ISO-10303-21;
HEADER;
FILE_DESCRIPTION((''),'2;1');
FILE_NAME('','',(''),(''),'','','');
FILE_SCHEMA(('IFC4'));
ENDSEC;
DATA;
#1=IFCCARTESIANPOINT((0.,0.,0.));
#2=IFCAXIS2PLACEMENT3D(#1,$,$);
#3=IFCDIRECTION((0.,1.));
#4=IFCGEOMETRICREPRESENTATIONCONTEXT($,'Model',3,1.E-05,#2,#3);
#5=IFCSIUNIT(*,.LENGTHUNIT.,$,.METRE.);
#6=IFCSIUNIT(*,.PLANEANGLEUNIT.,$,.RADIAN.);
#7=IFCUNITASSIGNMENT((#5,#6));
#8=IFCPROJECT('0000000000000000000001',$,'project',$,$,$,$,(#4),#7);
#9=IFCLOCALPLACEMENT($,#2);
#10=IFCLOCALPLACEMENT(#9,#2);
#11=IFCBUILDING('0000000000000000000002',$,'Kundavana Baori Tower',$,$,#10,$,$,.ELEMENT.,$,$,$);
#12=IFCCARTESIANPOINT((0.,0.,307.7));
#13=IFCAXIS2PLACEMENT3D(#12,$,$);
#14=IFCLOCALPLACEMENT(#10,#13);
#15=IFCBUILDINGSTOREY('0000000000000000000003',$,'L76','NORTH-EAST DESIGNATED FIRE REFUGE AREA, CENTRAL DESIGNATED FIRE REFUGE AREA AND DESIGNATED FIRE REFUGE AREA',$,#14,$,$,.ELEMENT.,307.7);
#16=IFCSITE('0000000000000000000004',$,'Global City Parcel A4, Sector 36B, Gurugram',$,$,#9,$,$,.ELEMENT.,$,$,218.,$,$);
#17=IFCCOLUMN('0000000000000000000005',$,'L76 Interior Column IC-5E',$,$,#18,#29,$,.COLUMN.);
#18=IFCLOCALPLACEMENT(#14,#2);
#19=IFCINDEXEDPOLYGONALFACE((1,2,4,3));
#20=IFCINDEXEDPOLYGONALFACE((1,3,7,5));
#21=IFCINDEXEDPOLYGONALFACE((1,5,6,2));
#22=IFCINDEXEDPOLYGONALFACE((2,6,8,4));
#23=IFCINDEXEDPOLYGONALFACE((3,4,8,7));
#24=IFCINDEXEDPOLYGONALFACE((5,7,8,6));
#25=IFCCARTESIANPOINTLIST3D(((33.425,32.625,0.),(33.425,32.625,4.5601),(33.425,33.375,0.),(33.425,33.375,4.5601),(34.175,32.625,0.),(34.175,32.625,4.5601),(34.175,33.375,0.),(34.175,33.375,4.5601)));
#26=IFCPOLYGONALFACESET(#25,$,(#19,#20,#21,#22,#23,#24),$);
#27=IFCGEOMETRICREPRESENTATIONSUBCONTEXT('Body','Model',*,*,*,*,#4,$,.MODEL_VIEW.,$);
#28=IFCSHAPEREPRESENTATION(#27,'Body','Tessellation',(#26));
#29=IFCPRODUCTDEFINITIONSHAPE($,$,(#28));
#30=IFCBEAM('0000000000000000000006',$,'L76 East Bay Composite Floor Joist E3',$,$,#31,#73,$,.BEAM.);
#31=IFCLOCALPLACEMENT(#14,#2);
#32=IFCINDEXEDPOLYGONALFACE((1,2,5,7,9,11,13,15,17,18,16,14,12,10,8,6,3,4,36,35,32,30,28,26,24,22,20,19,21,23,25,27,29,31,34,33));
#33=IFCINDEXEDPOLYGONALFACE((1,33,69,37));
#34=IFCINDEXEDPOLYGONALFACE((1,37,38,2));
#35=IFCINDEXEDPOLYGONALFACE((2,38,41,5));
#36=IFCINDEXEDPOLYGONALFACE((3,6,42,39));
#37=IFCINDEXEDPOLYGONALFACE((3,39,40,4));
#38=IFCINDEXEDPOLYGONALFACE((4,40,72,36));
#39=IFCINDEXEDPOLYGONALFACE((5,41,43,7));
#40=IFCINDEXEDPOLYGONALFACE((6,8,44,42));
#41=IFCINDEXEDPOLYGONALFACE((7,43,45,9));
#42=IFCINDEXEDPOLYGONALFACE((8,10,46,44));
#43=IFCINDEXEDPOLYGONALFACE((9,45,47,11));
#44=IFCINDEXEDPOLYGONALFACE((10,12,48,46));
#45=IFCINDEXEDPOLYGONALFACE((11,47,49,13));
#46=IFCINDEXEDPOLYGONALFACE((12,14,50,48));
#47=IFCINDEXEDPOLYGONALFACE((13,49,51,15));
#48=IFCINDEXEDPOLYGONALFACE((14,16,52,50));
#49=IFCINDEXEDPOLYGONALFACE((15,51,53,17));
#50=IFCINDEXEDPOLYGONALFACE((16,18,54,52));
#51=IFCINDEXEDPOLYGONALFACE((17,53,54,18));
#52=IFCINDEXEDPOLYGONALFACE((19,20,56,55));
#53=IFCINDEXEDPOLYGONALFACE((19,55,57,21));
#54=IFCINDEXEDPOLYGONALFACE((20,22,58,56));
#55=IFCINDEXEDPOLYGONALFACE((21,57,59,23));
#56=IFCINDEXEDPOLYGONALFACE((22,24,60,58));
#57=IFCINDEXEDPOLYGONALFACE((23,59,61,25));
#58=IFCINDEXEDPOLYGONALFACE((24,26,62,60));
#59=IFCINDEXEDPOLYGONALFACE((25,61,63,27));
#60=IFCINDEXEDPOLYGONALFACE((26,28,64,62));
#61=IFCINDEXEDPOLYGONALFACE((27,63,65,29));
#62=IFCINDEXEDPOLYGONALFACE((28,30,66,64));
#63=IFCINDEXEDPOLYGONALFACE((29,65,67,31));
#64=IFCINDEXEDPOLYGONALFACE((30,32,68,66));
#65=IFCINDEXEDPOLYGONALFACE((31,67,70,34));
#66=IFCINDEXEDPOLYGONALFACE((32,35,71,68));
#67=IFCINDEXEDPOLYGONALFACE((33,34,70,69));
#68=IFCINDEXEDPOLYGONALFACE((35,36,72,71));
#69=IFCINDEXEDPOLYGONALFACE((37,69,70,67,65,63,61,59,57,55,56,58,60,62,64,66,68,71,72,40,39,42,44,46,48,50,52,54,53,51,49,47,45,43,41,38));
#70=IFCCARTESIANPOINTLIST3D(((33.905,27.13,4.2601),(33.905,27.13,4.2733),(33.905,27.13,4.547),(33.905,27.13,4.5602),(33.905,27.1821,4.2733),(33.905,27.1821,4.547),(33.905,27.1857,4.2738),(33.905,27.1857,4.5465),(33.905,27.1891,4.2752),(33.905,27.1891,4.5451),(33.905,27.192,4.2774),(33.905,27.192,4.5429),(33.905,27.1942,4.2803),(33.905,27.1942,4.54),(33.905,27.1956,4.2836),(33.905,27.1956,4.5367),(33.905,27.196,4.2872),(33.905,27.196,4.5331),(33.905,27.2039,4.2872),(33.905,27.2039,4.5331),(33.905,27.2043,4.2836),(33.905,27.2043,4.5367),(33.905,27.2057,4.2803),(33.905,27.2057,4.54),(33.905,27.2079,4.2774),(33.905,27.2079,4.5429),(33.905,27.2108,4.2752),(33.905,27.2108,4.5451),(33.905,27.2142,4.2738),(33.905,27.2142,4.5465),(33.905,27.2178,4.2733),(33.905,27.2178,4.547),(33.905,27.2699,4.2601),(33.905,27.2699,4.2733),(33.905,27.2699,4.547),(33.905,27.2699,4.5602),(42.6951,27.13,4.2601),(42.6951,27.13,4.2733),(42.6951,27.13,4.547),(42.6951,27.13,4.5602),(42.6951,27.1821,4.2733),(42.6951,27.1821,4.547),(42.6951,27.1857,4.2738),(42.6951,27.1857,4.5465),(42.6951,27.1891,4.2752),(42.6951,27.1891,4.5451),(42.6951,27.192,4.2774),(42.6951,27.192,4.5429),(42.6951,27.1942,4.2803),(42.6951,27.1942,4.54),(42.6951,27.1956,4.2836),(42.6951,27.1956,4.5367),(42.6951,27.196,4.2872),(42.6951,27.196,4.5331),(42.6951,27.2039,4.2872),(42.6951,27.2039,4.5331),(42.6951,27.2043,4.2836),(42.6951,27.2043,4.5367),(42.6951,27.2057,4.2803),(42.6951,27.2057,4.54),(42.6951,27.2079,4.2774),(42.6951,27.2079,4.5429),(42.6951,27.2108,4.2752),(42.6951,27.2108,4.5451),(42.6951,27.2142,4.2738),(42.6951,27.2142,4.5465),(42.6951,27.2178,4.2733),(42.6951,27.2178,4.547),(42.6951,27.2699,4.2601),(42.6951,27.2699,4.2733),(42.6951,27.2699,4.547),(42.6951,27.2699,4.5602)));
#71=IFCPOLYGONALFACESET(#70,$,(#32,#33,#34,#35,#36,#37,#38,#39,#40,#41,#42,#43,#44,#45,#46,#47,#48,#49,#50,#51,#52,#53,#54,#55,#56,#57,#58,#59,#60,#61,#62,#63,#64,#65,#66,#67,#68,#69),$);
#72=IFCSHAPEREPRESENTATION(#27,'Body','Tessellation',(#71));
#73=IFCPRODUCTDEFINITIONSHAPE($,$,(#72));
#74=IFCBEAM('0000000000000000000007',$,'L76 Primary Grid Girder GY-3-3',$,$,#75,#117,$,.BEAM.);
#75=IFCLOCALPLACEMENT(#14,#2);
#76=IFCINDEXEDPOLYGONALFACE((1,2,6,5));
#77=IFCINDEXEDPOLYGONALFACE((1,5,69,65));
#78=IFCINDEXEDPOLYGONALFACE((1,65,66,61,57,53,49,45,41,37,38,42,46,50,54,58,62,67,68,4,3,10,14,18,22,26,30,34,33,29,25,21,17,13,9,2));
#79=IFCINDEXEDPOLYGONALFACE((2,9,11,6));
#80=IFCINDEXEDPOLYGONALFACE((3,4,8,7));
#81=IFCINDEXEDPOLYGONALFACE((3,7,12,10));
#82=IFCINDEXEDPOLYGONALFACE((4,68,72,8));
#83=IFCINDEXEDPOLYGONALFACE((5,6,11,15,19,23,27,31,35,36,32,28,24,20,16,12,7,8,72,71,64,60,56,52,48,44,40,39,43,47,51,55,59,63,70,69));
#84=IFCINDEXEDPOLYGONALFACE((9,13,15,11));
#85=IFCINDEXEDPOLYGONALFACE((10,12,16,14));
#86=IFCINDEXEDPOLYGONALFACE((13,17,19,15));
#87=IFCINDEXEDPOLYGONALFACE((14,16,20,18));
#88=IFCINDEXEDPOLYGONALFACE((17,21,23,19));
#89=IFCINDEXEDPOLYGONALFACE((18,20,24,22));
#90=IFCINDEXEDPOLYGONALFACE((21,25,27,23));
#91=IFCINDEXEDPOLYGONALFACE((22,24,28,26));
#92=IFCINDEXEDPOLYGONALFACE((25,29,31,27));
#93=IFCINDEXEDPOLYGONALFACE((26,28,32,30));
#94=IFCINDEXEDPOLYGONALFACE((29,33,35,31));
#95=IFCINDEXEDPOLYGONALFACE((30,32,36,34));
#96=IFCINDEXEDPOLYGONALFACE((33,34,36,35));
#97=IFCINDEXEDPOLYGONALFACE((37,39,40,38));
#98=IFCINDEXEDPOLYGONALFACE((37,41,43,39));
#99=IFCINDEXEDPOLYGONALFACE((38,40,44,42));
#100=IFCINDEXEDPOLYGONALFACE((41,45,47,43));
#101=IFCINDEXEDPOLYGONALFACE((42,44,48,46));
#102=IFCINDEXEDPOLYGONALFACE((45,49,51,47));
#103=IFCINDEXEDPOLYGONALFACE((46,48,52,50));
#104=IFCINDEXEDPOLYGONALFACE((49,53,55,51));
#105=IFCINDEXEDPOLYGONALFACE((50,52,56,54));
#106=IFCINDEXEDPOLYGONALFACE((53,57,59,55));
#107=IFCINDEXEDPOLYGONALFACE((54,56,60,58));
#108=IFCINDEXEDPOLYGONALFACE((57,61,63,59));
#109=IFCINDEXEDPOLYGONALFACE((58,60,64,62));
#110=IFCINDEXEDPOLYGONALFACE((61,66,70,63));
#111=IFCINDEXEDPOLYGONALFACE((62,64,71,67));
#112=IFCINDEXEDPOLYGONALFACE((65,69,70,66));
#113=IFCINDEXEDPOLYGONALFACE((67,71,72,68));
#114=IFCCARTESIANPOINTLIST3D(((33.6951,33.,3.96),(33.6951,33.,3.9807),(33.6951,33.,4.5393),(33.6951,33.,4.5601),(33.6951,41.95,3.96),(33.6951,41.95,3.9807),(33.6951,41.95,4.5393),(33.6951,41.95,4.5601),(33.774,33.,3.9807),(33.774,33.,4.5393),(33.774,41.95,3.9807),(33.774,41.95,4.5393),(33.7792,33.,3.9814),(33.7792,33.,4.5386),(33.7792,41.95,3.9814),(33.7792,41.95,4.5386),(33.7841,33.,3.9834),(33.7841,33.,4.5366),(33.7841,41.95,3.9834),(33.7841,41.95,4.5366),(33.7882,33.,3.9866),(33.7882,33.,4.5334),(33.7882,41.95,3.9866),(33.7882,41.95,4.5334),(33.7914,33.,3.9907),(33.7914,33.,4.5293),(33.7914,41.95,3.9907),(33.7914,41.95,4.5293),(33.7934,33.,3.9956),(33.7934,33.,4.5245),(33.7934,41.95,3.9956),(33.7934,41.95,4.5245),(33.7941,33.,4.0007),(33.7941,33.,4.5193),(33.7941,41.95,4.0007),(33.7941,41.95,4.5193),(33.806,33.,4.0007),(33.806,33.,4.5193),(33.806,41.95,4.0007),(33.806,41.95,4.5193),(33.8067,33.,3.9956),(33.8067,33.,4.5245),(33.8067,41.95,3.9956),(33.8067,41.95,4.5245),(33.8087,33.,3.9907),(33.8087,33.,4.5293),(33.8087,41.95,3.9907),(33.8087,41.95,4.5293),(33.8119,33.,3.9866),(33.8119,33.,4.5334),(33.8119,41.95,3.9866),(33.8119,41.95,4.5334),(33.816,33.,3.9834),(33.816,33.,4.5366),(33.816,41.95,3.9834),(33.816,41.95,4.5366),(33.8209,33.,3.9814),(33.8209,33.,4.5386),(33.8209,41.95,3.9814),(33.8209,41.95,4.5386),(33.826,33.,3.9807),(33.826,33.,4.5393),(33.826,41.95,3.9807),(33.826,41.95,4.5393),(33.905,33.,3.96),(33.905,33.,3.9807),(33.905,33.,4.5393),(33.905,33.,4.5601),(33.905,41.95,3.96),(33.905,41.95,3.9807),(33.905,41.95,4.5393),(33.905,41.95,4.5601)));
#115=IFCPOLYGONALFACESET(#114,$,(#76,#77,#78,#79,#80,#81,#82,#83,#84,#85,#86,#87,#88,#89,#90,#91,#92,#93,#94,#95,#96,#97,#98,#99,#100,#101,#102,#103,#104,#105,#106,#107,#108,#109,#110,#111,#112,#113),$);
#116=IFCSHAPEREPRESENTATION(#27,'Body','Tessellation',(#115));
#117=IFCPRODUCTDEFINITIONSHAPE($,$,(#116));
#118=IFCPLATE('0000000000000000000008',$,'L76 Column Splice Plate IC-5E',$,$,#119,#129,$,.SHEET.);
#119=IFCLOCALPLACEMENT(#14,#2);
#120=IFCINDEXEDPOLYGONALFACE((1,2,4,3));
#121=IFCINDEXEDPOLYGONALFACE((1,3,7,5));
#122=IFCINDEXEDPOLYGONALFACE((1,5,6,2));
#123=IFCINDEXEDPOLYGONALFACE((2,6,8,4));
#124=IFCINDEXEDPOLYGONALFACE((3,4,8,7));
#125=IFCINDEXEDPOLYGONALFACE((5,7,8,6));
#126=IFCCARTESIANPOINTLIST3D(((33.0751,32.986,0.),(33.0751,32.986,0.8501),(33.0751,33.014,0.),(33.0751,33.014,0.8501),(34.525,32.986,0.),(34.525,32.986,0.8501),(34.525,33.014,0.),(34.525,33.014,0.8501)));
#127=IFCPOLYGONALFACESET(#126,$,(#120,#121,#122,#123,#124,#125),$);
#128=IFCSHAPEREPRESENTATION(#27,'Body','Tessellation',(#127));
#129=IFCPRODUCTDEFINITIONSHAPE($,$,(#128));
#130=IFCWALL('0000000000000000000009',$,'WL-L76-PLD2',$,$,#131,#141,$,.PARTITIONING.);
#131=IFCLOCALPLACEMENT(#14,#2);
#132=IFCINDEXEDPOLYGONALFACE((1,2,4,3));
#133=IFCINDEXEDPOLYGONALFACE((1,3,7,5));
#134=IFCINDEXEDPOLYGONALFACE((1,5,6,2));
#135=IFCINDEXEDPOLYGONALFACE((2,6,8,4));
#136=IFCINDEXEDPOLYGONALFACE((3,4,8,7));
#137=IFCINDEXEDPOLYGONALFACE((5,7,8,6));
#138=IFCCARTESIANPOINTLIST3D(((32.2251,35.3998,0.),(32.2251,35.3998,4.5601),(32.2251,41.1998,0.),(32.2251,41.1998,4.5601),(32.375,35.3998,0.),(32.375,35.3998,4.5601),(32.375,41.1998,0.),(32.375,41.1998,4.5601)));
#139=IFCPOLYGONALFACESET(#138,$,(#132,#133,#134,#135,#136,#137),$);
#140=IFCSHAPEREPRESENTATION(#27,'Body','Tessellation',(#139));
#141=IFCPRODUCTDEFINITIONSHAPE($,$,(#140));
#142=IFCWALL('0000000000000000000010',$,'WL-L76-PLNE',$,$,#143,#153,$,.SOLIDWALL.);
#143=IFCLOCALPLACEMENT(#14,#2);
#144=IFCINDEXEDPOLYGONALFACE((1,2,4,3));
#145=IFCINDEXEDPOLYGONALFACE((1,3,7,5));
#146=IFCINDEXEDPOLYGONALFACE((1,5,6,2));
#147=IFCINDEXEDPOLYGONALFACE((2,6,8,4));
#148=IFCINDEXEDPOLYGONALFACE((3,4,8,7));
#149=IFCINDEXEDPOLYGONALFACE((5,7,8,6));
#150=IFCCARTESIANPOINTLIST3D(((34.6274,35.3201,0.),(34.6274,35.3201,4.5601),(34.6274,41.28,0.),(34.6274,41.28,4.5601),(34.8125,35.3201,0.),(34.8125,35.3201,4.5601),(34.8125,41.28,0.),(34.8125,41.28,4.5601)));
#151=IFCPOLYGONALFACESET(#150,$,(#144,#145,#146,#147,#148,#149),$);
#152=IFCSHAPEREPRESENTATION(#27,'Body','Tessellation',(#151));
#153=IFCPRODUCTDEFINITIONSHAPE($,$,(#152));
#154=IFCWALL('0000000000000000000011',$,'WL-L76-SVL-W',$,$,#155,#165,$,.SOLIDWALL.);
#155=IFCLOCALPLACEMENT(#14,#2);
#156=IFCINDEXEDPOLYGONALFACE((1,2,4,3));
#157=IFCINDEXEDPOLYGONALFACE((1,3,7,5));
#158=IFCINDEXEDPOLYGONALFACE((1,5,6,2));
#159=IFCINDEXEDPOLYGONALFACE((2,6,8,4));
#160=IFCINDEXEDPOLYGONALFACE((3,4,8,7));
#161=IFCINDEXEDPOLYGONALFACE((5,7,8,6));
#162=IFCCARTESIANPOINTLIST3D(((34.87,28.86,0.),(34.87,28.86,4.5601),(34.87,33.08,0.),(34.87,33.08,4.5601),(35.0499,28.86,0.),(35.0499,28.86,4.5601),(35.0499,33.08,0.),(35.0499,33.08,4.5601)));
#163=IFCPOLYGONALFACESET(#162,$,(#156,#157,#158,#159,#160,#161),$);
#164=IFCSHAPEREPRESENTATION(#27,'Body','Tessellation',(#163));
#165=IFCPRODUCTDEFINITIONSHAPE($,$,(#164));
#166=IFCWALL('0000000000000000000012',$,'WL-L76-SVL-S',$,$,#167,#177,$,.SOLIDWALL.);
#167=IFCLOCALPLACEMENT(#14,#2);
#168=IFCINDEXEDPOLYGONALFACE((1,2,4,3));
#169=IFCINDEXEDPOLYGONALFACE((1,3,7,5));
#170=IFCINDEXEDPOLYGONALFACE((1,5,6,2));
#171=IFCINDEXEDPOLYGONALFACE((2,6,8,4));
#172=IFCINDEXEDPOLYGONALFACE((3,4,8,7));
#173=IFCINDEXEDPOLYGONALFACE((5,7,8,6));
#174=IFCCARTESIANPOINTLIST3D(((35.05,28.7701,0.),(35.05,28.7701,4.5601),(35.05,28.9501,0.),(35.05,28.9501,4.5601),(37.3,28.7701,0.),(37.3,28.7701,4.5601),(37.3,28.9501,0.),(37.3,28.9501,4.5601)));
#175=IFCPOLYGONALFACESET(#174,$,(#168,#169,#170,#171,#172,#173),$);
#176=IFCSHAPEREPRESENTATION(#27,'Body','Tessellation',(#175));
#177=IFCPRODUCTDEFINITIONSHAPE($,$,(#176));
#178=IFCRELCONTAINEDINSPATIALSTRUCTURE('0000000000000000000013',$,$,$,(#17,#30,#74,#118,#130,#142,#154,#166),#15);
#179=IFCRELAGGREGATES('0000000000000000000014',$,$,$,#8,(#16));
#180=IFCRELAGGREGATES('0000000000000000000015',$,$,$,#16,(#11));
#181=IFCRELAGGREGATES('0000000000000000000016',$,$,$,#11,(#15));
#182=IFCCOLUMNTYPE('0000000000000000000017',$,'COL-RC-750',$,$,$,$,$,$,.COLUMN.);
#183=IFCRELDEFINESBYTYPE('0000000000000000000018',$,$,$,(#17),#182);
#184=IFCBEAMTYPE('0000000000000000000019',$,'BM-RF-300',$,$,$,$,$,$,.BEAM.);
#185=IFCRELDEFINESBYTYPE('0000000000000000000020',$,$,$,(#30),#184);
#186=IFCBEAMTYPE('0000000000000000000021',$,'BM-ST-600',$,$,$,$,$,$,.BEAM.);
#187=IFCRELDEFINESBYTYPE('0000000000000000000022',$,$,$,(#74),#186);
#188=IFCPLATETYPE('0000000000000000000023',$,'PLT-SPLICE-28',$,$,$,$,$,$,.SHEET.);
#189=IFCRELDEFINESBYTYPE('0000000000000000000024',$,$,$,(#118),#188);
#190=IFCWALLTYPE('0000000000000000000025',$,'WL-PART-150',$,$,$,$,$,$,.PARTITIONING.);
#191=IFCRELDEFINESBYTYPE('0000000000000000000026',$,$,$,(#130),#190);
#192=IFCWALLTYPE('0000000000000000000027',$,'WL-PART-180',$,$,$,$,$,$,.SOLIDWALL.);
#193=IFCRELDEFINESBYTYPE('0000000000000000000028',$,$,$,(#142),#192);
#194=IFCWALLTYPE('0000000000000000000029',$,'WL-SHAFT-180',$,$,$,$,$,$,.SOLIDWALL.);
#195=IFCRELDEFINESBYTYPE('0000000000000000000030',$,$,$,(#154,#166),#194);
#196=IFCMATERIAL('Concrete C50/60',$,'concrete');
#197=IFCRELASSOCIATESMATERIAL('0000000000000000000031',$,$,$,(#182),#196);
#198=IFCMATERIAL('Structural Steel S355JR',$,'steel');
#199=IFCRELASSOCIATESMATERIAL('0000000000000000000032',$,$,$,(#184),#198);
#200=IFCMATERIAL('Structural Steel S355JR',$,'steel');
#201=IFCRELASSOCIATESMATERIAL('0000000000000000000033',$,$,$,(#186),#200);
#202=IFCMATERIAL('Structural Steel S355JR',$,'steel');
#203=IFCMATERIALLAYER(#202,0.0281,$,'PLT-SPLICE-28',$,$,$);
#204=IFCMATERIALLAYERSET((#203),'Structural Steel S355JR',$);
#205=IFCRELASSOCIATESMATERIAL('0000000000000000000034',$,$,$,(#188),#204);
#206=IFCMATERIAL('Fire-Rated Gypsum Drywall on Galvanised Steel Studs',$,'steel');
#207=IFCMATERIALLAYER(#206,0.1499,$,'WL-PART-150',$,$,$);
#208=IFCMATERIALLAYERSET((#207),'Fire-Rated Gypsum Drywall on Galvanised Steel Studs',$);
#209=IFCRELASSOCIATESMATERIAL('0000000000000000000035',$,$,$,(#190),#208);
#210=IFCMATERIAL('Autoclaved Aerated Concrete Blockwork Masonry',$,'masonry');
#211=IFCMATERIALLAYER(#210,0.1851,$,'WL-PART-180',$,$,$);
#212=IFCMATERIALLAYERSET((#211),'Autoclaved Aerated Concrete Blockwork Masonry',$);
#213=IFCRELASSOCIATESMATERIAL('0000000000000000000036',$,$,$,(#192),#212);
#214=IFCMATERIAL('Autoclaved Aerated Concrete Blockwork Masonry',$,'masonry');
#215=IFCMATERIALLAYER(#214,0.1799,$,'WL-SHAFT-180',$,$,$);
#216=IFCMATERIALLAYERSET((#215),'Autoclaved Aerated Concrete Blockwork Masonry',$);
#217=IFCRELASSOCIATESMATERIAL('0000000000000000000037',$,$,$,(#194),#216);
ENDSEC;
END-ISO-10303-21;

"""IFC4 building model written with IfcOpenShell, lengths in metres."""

from ifc_helpers import new_model, si_unit, direction, frame, frame_2d, origin, origin_2d, place, context, subcontext, project, spatial, rectangle, i_section, extrude, material, layer, layer_set, material_profile, profile_set, type_object, element, save


model = new_model("IFC4")

# Units and contexts
model_context = context("Model", 3, precision=1e-05, world=origin(), true_north=direction((0.0, 1.0)))
body_context = subcontext(model_context, "Body", "Model", "MODEL_VIEW")
ifc_project = project(units=[si_unit("LENGTHUNIT", "METRE"), si_unit("PLANEANGLEUNIT", "RADIAN")], contexts=[model_context])

# Site, building, storey
site_placement = place(None, origin())
site = spatial("IfcSite", under=ifc_project, at=site_placement, Name="Global City Parcel A4, Sector 36B, Gurugram", CompositionType="ELEMENT", RefElevation=218.0)
building_placement = place(site_placement, origin())
building = spatial("IfcBuilding", under=site, at=building_placement, Name="Kundavana Baori Tower", CompositionType="ELEMENT")
storey_placement = place(building_placement, frame((0.0, 0.0, 307.7)))
storey = spatial("IfcBuildingStorey", under=building, at=storey_placement, Name="L76", Description="NORTH-EAST DESIGNATED FIRE REFUGE AREA, CENTRAL DESIGNATED FIRE REFUGE AREA AND DESIGNATED FIRE REFUGE AREA", CompositionType="ELEMENT", Elevation=307.7)

# Column
ifc_material_1 = material(Name="Concrete C50/60", Category="concrete")
ifc_material_profile_1 = material_profile(ifc_material_1, rectangle(XDim=0.75, YDim=0.75, at=origin_2d()), Name="RC 750x750")
ifc_profile_set_1 = profile_set([ifc_material_profile_1], Name="Concrete C50/60")
column_type = type_object("IfcColumnType", Name="COL-RC-750", PredefinedType="COLUMN", material=ifc_profile_set_1)
column_placement = place(storey_placement, frame((33.8, 33.0, 0.0), z_axis=(0.0, 0.0, 1.0), x_axis=(1.0, 0.0, 0.0)))
element("IfcColumn", 1, at=column_placement, inside=storey, type_object=column_type, Name="L76 Interior Column IC-5E", PredefinedType="COLUMN", context=body_context, shape_type="SweptSolid", body=[
    extrude(rectangle(XDim=0.75, YDim=0.75, at=origin_2d()), origin(), (0.0, 0.0, 1.0), 4.5601),
])

# Beams
ifc_material_2 = material(Name="Structural Steel S355JR", Category="steel")
ifc_material_profile_2 = material_profile(ifc_material_2, i_section(OverallWidth=0.1399, OverallDepth=0.3, WebThickness=0.0078, FlangeThickness=0.0132, FilletRadius=0.0139, at=origin_2d()), Name="ISMB 300")
ifc_profile_set_2 = profile_set([ifc_material_profile_2], Name="Structural Steel S355JR")
beam_type_1 = type_object("IfcBeamType", Name="BM-RF-300", PredefinedType="BEAM", material=ifc_profile_set_2)
beam_1_placement = place(storey_placement, frame((33.905, 27.2, 4.4102), z_axis=(1.0, 0.0, 0.0), x_axis=(0.0, 1.0, 0.0)))
element("IfcBeam", 2, at=beam_1_placement, inside=storey, type_object=beam_type_1, Name="L76 East Bay Composite Floor Joist E3", PredefinedType="BEAM", context=body_context, shape_type="SweptSolid", body=[
    extrude(i_section(OverallWidth=0.1399, OverallDepth=0.3, WebThickness=0.0078, FlangeThickness=0.0132, FilletRadius=0.0139, at=origin_2d()), origin(), (0.0, 0.0, 1.0), 8.79),
])
ifc_material_3 = material(Name="Structural Steel S355JR", Category="steel")
ifc_material_profile_3 = material_profile(ifc_material_3, i_section(OverallWidth=0.21, OverallDepth=0.6001, WebThickness=0.012, FlangeThickness=0.0208, FilletRadius=0.02, at=origin_2d()), Name="ISMB 600")
ifc_profile_set_3 = profile_set([ifc_material_profile_3], Name="Structural Steel S355JR")
beam_type_2 = type_object("IfcBeamType", Name="BM-ST-600", PredefinedType="BEAM", material=ifc_profile_set_3)
beam_2_placement = place(storey_placement, frame((33.8, 33.0, 4.26), z_axis=(0.0, 1.0, 0.0), x_axis=(-1.0, 0.0, 0.0)))
element("IfcBeam", 3, at=beam_2_placement, inside=storey, type_object=beam_type_2, Name="L76 Primary Grid Girder GY-3-3", PredefinedType="BEAM", context=body_context, shape_type="SweptSolid", body=[
    extrude(i_section(OverallWidth=0.21, OverallDepth=0.6001, WebThickness=0.012, FlangeThickness=0.0208, FilletRadius=0.02, at=origin_2d()), origin(), (0.0, 0.0, 1.0), 8.95),
])

# Plate
ifc_material_4 = material(Name="Structural Steel S355JR", Category="steel")
ifc_layer_1 = layer(ifc_material_4, 0.0281, Name="PLT-SPLICE-28")
ifc_layer_set_1 = layer_set([ifc_layer_1], Name="Structural Steel S355JR")
plate_type = type_object("IfcPlateType", Name="PLT-SPLICE-28", PredefinedType="SHEET", material=ifc_layer_set_1)
plate_placement = place(storey_placement, frame((33.8, 33.0, 0.0), z_axis=(0.0, 0.0, 1.0), x_axis=(1.0, 0.0, 0.0)))
element("IfcPlate", 4, at=plate_placement, inside=storey, type_object=plate_type, Name="L76 Column Splice Plate IC-5E", PredefinedType="SHEET", context=body_context, shape_type="SweptSolid", body=[
    extrude(rectangle(XDim=1.45, YDim=0.0281, at=origin_2d()), origin(), (0.0, 0.0, 1.0), 0.8501),
])

# Walls
ifc_material_5 = material(Name="Fire-Rated Gypsum Drywall on Galvanised Steel Studs", Category="steel")
ifc_layer_2 = layer(ifc_material_5, 0.1499, Name="WL-PART-150")
ifc_layer_set_2 = layer_set([ifc_layer_2], Name="Fire-Rated Gypsum Drywall on Galvanised Steel Studs")
wall_type_1 = type_object("IfcWallType", Name="WL-PART-150", PredefinedType="PARTITIONING", material=ifc_layer_set_2)
wall_1_placement = place(storey_placement, frame((32.3, 35.3999, 0.0), z_axis=(0.0, 0.0, 1.0), x_axis=(0.0, 1.0, 0.0)))
element("IfcWall", 5, at=wall_1_placement, inside=storey, type_object=wall_type_1, Name="WL-L76-PLD2", PredefinedType="PARTITIONING", context=body_context, shape_type="SweptSolid", body=[
    extrude(rectangle(XDim=5.8, YDim=0.1499, at=frame_2d((2.8999, 0.0))), origin(), (0.0, 0.0, 1.0), 4.5601),
])
ifc_material_6 = material(Name="Autoclaved Aerated Concrete Blockwork Masonry", Category="masonry")
ifc_layer_3 = layer(ifc_material_6, 0.1851, Name="WL-PART-180")
ifc_layer_set_3 = layer_set([ifc_layer_3], Name="Autoclaved Aerated Concrete Blockwork Masonry")
wall_type_2 = type_object("IfcWallType", Name="WL-PART-180", PredefinedType="SOLIDWALL", material=ifc_layer_set_3)
wall_2_placement = place(storey_placement, frame((34.72, 35.3201, 0.0), z_axis=(0.0, 0.0, 1.0), x_axis=(0.0, 1.0, 0.0)))
element("IfcWall", 6, at=wall_2_placement, inside=storey, type_object=wall_type_2, Name="WL-L76-PLNE", PredefinedType="SOLIDWALL", context=body_context, shape_type="SweptSolid", body=[
    extrude(rectangle(XDim=5.96, YDim=0.1851, at=frame_2d((2.98, 0.0))), origin(), (0.0, 0.0, 1.0), 4.5601),
])
ifc_material_7 = material(Name="Autoclaved Aerated Concrete Blockwork Masonry", Category="masonry")
ifc_layer_4 = layer(ifc_material_7, 0.1799, Name="WL-SHAFT-180")
ifc_layer_set_4 = layer_set([ifc_layer_4], Name="Autoclaved Aerated Concrete Blockwork Masonry")
wall_type_3 = type_object("IfcWallType", Name="WL-SHAFT-180", PredefinedType="SOLIDWALL", material=ifc_layer_set_4)
wall_3_placement = place(storey_placement, frame((34.96, 28.8601, 0.0), z_axis=(0.0, 0.0, 1.0), x_axis=(0.0, 1.0, 0.0)))
element("IfcWall", 7, at=wall_3_placement, inside=storey, type_object=wall_type_3, Name="WL-L76-SVL-W", PredefinedType="SOLIDWALL", context=body_context, shape_type="SweptSolid", body=[
    extrude(rectangle(XDim=4.22, YDim=0.1799, at=frame_2d((2.1099, 0.0))), origin(), (0.0, 0.0, 1.0), 4.5601),
])
for number, where, z_axis, x_axis, name in (
    (8, (35.05, 28.8601, 0.0), (0.0, 0.0, 1.0), (1.0, 0.0, 0.0), "WL-L76-SVL-S"),
):
    element("IfcWall", number, at=place(storey_placement, frame(where, z_axis=z_axis, x_axis=x_axis)), inside=storey, type_object=wall_type_3, Name=name, PredefinedType="SOLIDWALL", context=body_context, shape_type="SweptSolid", body=[
        extrude(rectangle(XDim=2.25, YDim=0.1799, at=frame_2d((1.125, 0.0))), origin(), (0.0, 0.0, 1.0), 4.5601),
    ])

save(model, "model.ifc")
